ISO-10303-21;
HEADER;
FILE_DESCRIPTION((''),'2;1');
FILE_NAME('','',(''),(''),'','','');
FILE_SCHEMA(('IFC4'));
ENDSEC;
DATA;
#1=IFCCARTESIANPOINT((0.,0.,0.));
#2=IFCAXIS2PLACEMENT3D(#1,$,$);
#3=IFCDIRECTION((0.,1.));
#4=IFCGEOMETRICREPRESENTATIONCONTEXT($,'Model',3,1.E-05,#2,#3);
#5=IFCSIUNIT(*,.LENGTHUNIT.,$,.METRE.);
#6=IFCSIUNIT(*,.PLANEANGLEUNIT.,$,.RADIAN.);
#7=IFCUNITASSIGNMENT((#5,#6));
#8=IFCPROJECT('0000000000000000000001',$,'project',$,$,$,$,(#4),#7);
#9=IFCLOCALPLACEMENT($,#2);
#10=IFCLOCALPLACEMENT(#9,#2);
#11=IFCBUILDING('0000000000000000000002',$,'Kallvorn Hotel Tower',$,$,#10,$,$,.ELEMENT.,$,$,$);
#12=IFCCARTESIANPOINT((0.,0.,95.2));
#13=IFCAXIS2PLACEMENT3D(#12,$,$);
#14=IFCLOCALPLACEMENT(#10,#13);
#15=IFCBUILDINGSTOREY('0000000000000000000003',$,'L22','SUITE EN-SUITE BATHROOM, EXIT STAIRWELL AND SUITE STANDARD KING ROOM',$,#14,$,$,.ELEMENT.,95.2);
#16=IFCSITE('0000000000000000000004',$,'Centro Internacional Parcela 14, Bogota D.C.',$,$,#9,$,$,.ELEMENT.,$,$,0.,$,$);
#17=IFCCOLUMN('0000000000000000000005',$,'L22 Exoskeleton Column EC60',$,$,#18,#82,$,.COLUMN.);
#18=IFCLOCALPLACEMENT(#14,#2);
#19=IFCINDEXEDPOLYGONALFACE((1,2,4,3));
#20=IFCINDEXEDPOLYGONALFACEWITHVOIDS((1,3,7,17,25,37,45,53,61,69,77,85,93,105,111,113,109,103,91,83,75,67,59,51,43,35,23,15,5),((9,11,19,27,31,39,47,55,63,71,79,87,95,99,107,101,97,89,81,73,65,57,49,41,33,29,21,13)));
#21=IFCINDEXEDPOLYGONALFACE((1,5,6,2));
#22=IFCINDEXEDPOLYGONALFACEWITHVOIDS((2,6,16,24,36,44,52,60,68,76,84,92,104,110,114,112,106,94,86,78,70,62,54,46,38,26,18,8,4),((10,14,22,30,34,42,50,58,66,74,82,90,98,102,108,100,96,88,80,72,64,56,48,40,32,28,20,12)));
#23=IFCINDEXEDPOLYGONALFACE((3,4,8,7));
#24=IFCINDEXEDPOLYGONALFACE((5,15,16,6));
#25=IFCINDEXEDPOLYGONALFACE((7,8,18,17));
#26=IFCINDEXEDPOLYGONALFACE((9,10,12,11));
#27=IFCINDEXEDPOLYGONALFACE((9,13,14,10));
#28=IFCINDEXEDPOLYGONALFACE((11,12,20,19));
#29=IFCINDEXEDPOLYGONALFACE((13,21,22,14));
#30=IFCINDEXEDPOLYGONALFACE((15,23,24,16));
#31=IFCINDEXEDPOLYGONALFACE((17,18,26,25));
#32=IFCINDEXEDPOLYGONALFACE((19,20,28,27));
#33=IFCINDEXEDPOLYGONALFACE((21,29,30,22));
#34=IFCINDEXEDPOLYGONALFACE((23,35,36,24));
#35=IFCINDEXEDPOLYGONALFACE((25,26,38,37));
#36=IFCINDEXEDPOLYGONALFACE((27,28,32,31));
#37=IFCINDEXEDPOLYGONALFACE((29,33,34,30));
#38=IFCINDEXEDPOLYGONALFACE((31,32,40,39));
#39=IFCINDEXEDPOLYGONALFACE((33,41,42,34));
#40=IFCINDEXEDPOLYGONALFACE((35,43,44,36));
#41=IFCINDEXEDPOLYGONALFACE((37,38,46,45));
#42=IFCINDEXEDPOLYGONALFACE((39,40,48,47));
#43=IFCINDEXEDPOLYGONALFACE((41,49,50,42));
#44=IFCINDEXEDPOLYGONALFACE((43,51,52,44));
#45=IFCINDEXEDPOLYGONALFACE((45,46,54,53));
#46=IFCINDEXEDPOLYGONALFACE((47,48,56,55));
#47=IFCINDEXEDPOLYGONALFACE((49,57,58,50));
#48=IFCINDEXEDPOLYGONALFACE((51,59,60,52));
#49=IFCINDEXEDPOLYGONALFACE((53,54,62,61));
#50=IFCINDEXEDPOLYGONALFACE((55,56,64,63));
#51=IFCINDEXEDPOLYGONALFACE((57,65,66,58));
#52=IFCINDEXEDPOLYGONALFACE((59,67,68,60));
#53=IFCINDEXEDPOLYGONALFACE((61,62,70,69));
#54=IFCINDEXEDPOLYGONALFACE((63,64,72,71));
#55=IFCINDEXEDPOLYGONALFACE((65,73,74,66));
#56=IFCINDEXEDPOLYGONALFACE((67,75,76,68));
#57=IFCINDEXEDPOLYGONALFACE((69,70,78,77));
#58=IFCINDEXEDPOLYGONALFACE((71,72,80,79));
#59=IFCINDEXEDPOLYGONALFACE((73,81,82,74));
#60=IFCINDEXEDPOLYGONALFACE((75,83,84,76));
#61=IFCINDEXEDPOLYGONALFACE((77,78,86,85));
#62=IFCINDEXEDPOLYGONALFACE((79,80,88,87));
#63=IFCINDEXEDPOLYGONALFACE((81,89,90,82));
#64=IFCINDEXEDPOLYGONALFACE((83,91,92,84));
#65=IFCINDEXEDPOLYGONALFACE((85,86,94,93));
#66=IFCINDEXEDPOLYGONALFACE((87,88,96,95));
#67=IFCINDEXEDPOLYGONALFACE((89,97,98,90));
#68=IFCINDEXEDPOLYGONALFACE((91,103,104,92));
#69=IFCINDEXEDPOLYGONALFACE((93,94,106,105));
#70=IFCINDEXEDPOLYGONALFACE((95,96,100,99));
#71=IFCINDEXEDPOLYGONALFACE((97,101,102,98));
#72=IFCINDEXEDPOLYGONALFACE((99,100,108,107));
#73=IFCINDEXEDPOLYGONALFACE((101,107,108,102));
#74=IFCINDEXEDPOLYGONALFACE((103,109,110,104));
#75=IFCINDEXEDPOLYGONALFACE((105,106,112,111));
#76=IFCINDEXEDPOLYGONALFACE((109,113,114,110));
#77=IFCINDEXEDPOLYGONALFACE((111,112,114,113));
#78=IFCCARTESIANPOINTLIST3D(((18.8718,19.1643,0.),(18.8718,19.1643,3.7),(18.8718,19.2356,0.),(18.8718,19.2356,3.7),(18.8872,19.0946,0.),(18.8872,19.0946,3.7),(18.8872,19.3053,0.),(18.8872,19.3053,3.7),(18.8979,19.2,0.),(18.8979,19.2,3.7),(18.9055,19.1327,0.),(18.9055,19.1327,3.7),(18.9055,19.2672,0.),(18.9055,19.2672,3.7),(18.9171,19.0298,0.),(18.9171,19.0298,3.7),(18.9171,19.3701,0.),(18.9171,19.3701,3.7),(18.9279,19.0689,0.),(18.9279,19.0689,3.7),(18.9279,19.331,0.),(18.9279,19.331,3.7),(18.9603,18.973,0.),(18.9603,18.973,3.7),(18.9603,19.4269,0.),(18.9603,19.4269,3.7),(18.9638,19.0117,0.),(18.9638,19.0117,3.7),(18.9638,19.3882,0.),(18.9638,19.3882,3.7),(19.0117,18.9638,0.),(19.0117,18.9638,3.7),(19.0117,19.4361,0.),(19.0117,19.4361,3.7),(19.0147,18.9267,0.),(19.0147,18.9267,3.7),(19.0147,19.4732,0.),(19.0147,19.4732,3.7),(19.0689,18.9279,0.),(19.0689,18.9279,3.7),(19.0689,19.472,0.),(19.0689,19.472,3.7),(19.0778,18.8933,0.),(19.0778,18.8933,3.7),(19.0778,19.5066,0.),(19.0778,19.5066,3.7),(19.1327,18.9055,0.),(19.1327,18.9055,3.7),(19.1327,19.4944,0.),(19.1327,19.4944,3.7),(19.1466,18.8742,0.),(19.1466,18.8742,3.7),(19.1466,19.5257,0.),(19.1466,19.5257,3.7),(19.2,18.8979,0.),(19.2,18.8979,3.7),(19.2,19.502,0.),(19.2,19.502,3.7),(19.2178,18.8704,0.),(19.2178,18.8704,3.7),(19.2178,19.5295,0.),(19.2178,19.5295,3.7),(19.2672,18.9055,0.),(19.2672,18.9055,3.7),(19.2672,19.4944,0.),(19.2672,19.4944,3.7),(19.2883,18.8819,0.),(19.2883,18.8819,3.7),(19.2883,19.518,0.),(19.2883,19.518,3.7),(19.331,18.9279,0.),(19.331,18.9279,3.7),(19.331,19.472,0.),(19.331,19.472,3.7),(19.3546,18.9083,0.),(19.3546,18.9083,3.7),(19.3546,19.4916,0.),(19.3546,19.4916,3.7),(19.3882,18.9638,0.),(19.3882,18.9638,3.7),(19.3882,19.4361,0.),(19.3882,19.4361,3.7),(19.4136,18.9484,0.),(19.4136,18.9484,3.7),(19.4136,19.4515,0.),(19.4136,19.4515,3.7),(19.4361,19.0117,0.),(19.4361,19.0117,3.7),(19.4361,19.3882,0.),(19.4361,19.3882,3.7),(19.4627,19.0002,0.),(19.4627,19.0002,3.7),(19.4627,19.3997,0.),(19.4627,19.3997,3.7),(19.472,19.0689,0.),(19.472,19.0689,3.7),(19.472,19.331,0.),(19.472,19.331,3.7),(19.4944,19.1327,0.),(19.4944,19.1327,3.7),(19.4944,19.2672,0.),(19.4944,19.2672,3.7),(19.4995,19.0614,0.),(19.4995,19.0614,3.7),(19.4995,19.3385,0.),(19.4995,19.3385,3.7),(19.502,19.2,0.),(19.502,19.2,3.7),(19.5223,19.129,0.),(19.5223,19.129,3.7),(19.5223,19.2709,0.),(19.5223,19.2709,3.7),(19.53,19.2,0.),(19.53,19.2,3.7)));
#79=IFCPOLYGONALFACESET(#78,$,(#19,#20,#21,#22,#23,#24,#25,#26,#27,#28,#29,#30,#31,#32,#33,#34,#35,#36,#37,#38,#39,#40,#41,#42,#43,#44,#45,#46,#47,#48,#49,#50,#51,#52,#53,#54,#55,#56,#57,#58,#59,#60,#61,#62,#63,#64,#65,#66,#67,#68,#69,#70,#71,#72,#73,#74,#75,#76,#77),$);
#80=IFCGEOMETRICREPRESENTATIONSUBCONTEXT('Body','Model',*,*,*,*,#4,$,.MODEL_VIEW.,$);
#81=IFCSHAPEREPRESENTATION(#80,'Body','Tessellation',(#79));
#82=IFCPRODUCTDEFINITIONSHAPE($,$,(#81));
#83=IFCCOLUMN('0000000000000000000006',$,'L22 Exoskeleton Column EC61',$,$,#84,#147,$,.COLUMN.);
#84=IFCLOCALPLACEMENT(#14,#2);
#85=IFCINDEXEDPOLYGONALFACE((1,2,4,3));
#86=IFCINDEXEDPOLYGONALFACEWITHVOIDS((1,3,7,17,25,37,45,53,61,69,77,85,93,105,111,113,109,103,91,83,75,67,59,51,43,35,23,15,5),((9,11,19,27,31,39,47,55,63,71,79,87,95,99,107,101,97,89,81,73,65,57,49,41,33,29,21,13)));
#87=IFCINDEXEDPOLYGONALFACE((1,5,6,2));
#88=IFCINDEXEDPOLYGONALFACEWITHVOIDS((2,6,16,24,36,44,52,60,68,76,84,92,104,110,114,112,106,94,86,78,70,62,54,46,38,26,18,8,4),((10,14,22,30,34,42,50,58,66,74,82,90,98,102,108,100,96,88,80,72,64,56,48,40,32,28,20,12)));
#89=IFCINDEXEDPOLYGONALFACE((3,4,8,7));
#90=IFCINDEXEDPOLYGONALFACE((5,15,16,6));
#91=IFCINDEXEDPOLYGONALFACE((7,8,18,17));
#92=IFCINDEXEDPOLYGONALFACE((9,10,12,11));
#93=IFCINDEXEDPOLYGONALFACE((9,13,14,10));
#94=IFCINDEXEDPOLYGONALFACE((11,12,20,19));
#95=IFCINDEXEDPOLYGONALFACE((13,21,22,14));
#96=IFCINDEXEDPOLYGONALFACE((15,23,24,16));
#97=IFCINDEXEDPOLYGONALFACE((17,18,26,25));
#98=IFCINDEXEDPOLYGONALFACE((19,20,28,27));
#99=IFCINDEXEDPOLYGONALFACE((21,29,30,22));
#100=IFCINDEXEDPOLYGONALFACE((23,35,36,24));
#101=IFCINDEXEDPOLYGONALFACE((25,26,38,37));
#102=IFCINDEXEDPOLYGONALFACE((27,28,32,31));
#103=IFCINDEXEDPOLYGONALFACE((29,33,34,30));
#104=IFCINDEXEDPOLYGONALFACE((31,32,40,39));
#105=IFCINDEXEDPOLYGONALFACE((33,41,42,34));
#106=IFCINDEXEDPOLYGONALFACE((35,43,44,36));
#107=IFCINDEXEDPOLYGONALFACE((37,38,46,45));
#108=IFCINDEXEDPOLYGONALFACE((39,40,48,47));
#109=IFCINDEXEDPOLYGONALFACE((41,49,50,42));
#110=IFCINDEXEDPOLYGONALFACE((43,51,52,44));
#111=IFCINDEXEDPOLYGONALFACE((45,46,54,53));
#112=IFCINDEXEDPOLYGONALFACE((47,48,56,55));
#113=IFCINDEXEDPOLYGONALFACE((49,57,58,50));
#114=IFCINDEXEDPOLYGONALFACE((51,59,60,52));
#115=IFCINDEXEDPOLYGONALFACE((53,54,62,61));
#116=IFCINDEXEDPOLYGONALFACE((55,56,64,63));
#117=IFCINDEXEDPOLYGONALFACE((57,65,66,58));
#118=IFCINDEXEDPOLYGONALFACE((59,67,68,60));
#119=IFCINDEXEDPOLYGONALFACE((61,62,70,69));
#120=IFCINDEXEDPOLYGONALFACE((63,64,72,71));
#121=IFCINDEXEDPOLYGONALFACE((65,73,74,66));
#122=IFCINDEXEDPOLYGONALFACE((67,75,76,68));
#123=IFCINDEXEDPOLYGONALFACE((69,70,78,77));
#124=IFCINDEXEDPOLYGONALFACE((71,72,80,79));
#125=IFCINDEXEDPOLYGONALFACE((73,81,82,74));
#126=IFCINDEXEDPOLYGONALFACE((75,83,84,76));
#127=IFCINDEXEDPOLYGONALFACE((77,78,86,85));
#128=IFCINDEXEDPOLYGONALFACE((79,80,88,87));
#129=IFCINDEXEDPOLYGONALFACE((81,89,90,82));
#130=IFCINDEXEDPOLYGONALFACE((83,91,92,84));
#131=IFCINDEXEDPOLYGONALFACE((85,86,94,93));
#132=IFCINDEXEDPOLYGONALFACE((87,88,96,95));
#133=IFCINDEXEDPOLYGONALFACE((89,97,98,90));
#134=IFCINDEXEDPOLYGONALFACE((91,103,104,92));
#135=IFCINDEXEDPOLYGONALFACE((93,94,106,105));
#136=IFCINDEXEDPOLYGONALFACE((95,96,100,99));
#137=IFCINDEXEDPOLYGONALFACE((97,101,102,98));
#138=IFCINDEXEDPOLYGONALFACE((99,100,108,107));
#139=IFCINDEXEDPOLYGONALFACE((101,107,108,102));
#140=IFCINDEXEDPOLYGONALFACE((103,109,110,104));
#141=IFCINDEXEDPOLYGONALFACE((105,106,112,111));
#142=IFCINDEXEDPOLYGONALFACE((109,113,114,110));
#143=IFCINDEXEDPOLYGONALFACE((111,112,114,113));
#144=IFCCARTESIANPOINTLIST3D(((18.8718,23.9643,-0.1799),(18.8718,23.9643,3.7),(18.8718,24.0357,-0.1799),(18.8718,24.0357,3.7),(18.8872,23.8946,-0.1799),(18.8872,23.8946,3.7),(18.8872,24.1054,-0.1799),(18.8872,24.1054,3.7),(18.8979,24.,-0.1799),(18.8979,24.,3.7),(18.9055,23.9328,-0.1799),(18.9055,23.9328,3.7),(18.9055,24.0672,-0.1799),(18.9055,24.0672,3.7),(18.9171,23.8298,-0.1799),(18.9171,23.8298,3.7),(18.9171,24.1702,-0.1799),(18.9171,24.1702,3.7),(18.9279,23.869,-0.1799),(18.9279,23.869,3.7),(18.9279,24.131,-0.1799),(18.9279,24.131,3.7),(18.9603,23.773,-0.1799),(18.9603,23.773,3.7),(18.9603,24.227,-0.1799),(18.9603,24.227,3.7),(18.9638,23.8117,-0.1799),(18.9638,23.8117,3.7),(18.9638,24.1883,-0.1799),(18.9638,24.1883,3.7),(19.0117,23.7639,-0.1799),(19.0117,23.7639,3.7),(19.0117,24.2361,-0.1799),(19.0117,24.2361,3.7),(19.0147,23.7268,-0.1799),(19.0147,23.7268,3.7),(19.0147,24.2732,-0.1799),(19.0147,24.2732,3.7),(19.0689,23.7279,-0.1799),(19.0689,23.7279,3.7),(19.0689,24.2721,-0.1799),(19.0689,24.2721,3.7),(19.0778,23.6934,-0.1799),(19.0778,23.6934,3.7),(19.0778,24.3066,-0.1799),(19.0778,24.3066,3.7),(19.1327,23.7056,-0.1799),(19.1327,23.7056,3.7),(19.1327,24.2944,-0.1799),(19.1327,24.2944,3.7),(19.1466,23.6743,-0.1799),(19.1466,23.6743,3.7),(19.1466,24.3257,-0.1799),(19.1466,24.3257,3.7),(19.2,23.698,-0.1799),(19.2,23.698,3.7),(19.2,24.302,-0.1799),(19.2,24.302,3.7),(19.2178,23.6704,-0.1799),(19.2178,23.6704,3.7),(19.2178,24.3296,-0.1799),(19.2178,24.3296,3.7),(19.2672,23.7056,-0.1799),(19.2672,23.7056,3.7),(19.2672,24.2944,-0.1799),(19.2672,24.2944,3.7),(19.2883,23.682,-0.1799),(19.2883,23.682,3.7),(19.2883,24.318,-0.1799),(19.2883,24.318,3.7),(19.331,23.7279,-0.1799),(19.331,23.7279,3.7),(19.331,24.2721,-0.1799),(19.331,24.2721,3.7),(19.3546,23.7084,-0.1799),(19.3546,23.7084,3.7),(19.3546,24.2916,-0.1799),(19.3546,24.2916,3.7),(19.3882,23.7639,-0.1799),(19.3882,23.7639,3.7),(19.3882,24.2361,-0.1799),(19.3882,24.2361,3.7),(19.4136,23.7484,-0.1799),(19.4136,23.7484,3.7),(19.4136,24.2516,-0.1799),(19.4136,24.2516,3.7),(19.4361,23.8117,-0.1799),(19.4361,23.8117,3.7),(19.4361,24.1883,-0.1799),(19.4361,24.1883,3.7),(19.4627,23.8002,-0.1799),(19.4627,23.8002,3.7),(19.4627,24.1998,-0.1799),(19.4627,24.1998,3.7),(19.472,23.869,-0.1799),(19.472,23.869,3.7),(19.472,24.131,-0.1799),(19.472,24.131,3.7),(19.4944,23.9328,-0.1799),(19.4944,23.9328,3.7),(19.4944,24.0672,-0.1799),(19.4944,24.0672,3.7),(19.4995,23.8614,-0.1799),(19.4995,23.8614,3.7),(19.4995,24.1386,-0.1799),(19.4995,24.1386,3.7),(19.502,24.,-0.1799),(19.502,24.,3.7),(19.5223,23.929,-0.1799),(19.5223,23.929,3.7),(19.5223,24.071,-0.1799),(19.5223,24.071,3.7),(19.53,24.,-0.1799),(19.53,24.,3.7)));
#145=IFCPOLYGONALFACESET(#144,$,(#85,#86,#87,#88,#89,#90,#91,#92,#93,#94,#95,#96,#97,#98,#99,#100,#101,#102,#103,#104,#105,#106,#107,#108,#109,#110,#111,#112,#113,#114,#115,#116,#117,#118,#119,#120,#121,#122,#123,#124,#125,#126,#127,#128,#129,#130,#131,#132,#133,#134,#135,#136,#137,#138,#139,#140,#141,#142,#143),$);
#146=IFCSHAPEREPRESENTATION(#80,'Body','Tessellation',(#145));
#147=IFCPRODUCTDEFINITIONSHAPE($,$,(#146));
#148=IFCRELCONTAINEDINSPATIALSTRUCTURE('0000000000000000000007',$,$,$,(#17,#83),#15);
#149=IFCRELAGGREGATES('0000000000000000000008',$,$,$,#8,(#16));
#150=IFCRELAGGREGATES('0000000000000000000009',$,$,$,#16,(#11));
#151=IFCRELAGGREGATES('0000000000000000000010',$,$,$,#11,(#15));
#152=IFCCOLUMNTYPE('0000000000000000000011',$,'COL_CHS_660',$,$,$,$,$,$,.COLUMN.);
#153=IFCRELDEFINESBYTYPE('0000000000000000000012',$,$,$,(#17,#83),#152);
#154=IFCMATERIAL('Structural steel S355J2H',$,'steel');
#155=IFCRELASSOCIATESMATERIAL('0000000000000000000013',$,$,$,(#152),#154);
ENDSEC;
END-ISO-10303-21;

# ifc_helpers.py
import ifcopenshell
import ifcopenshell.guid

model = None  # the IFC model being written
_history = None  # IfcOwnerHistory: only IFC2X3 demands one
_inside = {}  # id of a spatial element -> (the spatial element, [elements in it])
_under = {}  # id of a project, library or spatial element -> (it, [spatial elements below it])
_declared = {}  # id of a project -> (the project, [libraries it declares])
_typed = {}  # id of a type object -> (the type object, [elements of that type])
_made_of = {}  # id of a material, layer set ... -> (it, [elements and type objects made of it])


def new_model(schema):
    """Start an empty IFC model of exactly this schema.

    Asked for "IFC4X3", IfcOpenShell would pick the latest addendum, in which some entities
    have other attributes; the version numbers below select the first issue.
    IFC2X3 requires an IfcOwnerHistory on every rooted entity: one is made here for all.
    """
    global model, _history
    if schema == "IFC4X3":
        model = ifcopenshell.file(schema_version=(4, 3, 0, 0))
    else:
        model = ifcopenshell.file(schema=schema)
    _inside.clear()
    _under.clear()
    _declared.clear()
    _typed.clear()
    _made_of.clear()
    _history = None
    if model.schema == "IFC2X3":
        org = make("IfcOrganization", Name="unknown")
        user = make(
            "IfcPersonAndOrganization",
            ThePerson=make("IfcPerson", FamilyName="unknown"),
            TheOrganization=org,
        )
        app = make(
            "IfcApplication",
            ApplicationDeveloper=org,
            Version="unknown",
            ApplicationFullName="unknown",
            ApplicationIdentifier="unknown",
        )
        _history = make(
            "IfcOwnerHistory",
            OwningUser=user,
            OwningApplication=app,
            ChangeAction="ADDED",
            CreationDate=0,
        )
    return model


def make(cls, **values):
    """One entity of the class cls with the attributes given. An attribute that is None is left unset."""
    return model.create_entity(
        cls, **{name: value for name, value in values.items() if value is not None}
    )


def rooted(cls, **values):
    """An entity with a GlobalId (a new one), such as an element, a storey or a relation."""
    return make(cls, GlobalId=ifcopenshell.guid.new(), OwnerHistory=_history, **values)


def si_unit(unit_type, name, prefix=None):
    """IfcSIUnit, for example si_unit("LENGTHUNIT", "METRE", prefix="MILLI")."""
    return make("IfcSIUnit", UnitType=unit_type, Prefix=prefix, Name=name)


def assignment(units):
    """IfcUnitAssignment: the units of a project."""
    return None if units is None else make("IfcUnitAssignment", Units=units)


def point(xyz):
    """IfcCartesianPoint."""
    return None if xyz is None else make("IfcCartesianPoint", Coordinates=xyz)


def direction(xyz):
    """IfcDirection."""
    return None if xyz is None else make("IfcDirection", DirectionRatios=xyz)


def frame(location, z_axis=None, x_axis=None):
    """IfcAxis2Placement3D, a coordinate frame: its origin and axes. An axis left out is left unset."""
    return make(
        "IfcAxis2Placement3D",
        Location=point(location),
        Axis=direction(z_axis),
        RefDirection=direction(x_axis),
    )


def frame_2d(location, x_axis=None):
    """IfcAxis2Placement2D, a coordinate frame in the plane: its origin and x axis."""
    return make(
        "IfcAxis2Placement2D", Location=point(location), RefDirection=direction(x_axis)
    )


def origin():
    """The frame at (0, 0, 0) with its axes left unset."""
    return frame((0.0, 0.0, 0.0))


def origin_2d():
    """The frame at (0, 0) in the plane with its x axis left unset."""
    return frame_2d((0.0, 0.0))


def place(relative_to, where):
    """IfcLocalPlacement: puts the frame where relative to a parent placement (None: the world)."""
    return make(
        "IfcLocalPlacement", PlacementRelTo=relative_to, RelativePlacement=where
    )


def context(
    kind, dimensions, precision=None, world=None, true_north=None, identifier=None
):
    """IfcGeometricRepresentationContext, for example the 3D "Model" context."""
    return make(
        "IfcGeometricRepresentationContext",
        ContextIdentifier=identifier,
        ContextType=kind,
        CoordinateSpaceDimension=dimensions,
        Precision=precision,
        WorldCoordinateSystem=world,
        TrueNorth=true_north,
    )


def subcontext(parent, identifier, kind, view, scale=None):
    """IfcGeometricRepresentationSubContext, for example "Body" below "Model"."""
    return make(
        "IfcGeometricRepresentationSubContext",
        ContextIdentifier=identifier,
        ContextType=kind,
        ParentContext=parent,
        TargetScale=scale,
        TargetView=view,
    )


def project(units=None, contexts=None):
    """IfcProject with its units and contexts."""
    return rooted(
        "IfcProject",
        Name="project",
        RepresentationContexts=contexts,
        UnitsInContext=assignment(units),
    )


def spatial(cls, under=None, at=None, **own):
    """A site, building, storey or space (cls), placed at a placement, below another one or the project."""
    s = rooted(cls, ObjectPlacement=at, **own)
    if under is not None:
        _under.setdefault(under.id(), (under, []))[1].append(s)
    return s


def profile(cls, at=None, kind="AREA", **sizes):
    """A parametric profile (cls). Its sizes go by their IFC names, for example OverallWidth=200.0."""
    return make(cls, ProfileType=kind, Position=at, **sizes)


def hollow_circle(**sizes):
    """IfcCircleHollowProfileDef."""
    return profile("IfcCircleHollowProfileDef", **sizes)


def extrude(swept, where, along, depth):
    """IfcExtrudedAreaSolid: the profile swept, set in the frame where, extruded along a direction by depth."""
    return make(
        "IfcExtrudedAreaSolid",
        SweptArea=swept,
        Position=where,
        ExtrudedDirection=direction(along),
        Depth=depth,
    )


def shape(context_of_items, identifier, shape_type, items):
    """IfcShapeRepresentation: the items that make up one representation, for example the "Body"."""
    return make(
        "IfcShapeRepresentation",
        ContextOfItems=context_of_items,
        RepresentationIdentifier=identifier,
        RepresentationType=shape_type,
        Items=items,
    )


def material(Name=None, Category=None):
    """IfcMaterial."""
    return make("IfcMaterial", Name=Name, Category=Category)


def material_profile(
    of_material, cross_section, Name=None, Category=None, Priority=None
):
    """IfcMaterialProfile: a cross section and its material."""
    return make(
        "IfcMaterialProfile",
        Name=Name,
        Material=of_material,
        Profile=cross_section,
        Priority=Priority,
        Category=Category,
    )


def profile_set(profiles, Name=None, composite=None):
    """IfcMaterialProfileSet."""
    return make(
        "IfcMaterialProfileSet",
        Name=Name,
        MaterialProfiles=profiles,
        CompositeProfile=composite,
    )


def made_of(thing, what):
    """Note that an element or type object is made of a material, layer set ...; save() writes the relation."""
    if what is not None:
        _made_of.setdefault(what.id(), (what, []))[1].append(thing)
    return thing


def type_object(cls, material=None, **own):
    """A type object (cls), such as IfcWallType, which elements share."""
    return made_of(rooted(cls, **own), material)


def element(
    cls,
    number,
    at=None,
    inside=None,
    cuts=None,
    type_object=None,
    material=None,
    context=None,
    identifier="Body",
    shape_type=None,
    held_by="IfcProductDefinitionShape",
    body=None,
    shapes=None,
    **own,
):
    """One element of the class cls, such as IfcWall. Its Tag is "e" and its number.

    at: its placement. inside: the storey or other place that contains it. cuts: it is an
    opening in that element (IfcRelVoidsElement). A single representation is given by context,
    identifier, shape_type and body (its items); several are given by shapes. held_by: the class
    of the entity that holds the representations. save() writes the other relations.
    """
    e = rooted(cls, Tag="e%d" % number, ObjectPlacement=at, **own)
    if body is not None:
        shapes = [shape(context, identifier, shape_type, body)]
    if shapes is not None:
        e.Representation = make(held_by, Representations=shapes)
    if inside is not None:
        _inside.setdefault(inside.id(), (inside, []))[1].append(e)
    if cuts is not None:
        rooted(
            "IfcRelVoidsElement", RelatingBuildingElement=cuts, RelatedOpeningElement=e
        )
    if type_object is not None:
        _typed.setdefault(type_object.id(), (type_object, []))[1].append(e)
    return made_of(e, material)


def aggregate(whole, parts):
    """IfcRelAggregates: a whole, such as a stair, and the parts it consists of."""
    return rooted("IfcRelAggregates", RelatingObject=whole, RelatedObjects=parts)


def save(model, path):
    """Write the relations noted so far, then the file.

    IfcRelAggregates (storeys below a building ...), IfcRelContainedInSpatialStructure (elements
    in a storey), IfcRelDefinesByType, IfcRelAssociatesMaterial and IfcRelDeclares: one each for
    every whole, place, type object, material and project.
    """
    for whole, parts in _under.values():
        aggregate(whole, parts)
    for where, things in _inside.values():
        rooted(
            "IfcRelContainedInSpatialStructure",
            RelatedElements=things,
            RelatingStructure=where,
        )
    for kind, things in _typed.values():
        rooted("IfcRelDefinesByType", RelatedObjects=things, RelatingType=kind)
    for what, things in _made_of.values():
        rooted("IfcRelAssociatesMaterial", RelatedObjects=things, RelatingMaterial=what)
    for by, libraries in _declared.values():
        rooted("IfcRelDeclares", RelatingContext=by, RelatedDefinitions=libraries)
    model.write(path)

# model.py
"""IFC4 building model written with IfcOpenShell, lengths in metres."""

from ifc_helpers import new_model, si_unit, direction, frame, origin, origin_2d, place, context, subcontext, project, spatial, hollow_circle, extrude, material, material_profile, profile_set, type_object, element, save


model = new_model("IFC4")

# Units and contexts
model_context = context("Model", 3, precision=1e-05, world=origin(), true_north=direction((0.0, 1.0)))
body_context = subcontext(model_context, "Body", "Model", "MODEL_VIEW")
ifc_project = project(units=[si_unit("LENGTHUNIT", "METRE"), si_unit("PLANEANGLEUNIT", "RADIAN")], contexts=[model_context])

# Site, building, storey
site_placement = place(None, origin())
site = spatial("IfcSite", under=ifc_project, at=site_placement, Name="Centro Internacional Parcela 14, Bogota D.C.", CompositionType="ELEMENT", RefElevation=0.0)
building_placement = place(site_placement, origin())
building = spatial("IfcBuilding", under=site, at=building_placement, Name="Kallvorn Hotel Tower", CompositionType="ELEMENT")
storey_placement = place(building_placement, frame((0.0, 0.0, 95.2)))
storey = spatial("IfcBuildingStorey", under=building, at=storey_placement, Name="L22", Description="SUITE EN-SUITE BATHROOM, EXIT STAIRWELL AND SUITE STANDARD KING ROOM", CompositionType="ELEMENT", Elevation=95.2)

# Columns
ifc_material_1 = material(Name="Structural steel S355J2H", Category="steel")
ifc_material_profile_1 = material_profile(ifc_material_1, hollow_circle(Radius=0.3301, WallThickness=0.0281, at=origin_2d()), Name="CHS 660x28")
ifc_profile_set_1 = profile_set([ifc_material_profile_1], Name="Structural steel S355J2H")
column_type = type_object("IfcColumnType", Name="COL_CHS_660", PredefinedType="COLUMN", material=ifc_profile_set_1)
column_1_placement = place(storey_placement, frame((19.2, 19.2, 0.0), z_axis=(0.0, 0.0, 1.0), x_axis=(1.0, 0.0, 0.0)))
element("IfcColumn", 1, at=column_1_placement, inside=storey, type_object=column_type, Name="L22 Exoskeleton Column EC60", PredefinedType="COLUMN", context=body_context, shape_type="SweptSolid", body=[
    extrude(hollow_circle(Radius=0.3301, WallThickness=0.0281, at=origin_2d()), origin(), (0.0, 0.0, 1.0), 3.7),
])
column_2_placement = place(storey_placement, frame((19.2, 24.0, -0.1799), z_axis=(0.0, 0.0, 1.0), x_axis=(1.0, 0.0, 0.0)))
element("IfcColumn", 2, at=column_2_placement, inside=storey, type_object=column_type, Name="L22 Exoskeleton Column EC61", PredefinedType="COLUMN", context=body_context, shape_type="SweptSolid", body=[
    extrude(hollow_circle(Radius=0.3301, WallThickness=0.0281, at=origin_2d()), origin(), (0.0, 0.0, 1.0), 3.8799),
])

save(model, "model.ifc")
